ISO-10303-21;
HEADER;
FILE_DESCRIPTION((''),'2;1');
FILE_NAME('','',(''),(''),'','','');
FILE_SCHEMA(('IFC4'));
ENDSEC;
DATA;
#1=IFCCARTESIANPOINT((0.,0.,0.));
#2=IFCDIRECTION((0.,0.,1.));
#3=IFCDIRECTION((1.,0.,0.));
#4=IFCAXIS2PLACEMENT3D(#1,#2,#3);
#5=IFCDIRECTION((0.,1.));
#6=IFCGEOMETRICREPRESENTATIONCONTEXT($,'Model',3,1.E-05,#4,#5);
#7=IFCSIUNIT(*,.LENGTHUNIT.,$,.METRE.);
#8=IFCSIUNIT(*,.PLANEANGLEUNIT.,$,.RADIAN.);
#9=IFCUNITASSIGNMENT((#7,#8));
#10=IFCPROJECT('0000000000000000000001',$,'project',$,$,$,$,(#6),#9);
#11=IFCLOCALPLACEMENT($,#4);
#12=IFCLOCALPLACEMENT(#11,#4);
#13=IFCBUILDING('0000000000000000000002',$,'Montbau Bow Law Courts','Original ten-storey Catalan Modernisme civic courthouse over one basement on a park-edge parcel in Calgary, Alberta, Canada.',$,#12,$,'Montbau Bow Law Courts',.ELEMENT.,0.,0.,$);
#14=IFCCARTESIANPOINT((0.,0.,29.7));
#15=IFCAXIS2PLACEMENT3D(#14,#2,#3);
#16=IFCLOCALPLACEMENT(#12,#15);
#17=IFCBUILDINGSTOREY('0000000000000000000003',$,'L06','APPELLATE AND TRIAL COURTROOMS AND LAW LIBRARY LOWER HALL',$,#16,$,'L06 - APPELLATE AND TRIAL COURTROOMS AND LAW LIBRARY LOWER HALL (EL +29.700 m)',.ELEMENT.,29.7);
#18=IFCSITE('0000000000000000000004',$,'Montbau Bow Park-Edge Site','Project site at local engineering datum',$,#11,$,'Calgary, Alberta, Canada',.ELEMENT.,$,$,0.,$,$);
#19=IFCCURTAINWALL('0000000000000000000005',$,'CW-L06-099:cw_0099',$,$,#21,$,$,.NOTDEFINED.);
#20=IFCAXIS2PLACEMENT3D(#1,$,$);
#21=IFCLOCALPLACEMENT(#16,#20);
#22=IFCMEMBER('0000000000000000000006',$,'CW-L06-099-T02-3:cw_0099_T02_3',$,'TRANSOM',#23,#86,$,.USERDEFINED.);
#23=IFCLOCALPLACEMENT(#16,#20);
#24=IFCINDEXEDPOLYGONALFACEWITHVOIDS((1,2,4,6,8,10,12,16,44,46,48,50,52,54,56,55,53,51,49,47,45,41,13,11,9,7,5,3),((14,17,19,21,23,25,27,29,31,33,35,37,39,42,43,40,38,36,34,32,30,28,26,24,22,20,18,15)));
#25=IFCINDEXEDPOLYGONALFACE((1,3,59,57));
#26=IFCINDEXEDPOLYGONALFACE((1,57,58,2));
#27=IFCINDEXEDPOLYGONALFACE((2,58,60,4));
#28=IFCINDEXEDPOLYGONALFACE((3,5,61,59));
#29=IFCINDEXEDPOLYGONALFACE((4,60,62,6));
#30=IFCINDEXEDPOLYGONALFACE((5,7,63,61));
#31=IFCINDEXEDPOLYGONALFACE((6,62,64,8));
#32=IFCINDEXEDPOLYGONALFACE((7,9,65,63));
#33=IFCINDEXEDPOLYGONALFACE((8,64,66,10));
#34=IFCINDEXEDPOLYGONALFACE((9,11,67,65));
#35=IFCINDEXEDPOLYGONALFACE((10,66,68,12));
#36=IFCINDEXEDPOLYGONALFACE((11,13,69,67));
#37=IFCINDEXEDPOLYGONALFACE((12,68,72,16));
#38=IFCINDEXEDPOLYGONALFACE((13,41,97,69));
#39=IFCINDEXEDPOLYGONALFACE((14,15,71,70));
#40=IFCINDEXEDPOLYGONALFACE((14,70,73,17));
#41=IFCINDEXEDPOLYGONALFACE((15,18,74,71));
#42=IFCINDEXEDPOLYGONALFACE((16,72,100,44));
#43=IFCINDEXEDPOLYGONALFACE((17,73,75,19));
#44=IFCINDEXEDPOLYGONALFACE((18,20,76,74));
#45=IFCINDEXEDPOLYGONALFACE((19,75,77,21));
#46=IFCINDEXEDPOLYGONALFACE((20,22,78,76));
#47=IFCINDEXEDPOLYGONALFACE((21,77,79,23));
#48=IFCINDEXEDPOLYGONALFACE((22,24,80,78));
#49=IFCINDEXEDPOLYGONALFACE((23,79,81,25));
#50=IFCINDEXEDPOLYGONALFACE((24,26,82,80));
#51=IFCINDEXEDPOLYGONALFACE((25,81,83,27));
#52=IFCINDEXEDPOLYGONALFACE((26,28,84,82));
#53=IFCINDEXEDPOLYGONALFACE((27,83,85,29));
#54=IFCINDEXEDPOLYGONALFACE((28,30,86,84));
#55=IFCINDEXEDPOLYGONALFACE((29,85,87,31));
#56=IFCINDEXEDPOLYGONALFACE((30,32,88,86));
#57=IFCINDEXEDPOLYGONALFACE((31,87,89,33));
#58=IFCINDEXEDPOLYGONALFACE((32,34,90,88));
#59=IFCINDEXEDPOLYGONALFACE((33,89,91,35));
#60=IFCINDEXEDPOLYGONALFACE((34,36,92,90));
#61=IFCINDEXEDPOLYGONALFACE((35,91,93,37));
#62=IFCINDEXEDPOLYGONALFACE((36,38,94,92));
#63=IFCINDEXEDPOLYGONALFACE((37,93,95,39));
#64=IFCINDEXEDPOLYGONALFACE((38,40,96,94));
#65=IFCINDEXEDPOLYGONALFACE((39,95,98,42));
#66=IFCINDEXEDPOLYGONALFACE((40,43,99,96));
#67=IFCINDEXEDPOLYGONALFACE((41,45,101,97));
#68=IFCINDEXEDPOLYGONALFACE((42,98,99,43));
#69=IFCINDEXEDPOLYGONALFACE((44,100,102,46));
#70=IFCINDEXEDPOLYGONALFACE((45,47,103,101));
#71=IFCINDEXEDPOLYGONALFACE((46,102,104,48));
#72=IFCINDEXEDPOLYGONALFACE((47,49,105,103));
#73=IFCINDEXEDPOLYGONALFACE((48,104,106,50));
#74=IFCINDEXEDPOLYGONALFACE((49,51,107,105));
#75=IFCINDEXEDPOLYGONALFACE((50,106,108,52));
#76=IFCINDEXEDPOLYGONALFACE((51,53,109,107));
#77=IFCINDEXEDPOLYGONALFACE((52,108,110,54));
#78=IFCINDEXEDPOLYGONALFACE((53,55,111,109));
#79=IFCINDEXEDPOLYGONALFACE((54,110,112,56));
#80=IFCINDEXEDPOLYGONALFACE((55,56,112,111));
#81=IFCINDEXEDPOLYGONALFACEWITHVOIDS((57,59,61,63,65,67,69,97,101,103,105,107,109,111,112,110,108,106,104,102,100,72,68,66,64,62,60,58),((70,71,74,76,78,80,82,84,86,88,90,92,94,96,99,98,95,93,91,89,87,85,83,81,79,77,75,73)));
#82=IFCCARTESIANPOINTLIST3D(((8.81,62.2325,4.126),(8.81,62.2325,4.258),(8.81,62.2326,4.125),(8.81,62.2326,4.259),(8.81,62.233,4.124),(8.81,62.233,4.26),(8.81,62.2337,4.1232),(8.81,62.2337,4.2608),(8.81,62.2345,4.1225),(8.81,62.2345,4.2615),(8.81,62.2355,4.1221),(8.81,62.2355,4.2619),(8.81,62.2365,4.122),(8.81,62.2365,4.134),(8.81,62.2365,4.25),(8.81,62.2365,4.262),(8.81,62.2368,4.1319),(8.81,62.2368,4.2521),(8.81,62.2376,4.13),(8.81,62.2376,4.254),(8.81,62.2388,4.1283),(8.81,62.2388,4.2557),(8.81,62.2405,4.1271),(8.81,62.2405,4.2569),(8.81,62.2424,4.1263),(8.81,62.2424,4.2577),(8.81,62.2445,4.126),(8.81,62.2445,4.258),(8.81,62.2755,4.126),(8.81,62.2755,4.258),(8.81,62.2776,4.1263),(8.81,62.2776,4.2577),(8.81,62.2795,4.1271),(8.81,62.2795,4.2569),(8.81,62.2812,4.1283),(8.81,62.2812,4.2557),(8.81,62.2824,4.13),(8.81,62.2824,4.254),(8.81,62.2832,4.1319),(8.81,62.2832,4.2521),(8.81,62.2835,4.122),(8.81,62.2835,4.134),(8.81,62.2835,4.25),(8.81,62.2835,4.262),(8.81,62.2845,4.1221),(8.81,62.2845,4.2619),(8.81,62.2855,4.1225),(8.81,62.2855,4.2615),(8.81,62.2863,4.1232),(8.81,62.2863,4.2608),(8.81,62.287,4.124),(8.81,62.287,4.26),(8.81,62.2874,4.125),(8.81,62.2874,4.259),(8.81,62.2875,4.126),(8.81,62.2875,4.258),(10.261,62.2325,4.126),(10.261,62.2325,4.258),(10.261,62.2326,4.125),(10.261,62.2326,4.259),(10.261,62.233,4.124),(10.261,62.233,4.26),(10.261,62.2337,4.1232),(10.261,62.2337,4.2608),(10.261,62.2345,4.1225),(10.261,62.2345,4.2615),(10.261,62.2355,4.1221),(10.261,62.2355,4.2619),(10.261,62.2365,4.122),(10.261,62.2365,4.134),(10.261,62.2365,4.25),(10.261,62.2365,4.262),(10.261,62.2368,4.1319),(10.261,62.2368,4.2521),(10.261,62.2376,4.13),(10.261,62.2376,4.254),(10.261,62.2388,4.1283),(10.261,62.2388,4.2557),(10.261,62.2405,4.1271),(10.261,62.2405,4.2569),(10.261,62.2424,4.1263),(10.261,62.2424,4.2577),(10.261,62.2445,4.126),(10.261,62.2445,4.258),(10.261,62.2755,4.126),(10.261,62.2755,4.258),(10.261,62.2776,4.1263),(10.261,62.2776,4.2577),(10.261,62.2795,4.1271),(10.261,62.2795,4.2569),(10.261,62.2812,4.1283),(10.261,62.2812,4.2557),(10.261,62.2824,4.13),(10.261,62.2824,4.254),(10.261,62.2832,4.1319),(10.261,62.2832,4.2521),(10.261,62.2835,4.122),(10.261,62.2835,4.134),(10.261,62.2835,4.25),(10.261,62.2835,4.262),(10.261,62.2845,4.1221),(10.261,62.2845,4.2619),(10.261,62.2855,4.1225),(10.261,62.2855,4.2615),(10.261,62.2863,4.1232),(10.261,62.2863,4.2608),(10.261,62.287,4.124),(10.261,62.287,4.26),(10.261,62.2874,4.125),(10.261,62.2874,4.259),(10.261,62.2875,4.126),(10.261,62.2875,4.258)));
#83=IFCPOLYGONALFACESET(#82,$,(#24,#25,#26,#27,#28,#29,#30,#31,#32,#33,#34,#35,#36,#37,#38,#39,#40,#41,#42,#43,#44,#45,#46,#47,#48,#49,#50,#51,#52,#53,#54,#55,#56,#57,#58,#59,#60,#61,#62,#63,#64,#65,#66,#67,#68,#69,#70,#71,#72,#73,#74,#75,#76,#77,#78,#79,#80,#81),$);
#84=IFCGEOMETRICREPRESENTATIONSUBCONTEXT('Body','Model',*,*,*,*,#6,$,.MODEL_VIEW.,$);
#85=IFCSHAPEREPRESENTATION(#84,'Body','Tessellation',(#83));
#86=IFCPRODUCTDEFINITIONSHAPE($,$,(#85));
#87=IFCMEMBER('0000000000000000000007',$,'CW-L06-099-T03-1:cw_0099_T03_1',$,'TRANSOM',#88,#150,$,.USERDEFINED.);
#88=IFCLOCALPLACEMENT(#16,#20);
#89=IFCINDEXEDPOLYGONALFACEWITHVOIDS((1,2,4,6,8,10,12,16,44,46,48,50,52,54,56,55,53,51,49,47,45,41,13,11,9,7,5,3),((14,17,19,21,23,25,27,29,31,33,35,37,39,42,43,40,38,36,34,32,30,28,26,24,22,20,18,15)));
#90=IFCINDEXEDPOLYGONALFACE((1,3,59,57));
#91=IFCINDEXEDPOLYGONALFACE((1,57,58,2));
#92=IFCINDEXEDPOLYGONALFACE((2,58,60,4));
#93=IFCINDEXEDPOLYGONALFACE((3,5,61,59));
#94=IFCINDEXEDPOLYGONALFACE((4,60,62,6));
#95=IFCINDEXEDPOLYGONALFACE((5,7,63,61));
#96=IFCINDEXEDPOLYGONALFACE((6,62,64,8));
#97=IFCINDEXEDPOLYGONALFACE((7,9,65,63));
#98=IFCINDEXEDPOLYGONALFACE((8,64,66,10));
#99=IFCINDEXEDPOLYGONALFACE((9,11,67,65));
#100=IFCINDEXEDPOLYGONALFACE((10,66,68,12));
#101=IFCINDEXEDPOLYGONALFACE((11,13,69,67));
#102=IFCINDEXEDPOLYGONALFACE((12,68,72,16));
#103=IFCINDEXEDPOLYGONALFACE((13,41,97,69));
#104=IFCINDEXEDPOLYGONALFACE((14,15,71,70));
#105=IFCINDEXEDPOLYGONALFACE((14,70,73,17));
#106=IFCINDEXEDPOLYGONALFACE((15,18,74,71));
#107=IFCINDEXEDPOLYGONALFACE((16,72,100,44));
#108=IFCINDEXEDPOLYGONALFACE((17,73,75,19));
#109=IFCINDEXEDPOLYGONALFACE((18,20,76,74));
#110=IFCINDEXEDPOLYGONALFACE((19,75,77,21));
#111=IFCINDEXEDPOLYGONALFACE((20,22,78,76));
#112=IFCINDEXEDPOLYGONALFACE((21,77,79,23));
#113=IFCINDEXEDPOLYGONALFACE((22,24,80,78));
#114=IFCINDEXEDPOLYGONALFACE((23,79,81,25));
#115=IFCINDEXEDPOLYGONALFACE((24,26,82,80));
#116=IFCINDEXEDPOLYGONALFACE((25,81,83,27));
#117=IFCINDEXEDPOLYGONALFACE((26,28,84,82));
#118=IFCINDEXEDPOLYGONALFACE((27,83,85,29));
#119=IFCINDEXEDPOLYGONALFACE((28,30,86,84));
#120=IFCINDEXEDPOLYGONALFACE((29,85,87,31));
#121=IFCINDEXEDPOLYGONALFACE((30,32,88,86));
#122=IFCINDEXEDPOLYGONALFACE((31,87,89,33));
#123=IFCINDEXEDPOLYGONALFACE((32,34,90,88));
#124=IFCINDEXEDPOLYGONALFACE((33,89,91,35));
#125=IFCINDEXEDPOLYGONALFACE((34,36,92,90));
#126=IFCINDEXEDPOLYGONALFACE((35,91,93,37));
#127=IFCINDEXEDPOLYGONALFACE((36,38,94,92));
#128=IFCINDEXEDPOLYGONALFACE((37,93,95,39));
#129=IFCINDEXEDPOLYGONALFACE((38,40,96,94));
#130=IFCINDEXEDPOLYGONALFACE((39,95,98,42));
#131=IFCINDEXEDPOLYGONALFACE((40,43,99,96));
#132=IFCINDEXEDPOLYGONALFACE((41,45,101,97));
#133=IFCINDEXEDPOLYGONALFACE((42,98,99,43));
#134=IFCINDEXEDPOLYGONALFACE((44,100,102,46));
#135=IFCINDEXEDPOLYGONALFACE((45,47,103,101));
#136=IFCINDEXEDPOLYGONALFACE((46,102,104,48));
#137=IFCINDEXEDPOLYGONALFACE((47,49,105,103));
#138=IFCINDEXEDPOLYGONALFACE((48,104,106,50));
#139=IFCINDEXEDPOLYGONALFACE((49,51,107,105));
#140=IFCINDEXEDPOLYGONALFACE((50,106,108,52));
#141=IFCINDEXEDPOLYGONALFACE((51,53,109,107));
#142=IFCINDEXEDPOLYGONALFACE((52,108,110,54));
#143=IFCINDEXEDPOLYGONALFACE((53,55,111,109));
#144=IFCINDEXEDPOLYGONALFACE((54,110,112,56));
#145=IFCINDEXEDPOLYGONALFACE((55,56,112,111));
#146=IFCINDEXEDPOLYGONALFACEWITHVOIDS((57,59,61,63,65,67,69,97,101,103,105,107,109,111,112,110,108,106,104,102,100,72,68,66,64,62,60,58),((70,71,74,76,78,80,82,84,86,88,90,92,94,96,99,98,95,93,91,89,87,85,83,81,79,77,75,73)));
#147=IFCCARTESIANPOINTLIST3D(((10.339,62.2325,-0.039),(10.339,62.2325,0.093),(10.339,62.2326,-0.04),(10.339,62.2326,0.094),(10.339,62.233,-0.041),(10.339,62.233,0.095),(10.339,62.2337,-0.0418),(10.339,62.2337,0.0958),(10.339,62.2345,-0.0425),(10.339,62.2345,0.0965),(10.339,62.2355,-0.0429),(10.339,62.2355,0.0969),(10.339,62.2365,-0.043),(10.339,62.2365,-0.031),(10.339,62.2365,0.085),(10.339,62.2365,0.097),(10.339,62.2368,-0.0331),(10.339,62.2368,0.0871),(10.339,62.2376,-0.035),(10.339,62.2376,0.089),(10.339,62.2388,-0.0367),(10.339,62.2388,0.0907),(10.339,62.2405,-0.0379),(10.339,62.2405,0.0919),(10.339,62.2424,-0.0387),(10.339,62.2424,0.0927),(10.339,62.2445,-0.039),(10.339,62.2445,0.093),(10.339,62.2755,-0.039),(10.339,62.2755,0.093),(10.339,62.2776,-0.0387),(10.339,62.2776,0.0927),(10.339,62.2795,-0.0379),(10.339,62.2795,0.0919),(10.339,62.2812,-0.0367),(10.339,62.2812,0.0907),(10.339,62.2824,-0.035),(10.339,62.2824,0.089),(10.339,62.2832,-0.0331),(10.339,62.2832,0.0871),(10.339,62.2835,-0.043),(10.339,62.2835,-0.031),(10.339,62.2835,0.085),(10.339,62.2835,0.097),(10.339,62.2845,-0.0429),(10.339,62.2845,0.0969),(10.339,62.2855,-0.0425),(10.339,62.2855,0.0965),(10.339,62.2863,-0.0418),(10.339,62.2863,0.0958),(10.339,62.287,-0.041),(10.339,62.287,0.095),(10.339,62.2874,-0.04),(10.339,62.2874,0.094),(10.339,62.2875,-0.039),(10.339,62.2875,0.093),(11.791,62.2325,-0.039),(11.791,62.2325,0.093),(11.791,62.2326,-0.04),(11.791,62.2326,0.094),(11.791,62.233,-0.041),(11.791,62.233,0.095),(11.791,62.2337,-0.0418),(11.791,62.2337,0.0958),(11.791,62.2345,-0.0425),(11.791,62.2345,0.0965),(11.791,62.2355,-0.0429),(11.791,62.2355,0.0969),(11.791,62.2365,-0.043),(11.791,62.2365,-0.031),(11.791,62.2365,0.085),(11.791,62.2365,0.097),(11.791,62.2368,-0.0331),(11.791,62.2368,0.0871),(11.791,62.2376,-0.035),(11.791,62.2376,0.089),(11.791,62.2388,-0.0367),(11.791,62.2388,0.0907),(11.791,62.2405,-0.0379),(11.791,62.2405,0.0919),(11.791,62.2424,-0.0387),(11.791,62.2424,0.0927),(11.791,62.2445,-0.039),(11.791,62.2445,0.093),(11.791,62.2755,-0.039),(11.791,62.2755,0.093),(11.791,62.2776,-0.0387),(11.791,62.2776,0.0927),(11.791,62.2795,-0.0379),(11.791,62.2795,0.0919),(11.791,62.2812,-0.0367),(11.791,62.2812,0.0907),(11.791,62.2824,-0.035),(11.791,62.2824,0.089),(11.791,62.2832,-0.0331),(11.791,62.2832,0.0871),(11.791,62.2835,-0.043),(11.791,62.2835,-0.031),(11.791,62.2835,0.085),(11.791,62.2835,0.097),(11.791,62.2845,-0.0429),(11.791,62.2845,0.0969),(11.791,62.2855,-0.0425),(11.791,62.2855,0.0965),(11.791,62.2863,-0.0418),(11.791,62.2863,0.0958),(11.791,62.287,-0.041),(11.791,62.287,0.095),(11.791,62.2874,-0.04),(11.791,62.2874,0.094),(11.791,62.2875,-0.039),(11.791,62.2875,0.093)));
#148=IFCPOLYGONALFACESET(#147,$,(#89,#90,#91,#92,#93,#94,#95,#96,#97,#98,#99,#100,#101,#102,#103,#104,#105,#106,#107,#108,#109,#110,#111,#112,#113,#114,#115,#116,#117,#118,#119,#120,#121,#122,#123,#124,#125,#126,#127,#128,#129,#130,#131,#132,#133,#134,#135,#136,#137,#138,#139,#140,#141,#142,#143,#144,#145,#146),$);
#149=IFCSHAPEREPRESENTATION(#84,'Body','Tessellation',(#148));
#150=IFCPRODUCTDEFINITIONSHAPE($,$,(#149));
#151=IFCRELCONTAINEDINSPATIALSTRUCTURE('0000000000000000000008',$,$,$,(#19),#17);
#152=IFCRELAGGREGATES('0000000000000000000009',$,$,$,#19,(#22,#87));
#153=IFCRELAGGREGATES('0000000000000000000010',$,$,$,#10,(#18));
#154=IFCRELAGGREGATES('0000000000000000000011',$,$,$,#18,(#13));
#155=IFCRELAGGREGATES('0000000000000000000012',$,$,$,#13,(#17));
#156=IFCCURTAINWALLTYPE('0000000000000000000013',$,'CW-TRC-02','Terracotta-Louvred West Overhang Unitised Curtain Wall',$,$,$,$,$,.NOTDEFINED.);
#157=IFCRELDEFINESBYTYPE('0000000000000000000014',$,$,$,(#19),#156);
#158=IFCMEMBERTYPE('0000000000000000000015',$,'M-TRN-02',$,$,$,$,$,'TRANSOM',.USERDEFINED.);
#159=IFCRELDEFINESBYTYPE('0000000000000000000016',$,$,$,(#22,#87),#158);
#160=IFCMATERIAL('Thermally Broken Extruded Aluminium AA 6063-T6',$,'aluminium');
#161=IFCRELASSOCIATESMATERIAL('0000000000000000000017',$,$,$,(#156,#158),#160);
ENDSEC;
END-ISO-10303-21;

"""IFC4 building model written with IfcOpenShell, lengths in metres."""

from ifc_helpers import new_model, si_unit, direction, frame, origin_with_axes, origin_2d_with_axis, place, context, subcontext, project, spatial, hollow_rectangle, extrude, material, material_profile, profile_set, type_object, element, aggregate, save


model = new_model("IFC4")

# Units and contexts
model_context = context("Model", 3, precision=1e-05, world=origin_with_axes(), true_north=direction((0.0, 1.0)))
body_context = subcontext(model_context, "Body", "Model", "MODEL_VIEW")
ifc_project = project(units=[si_unit("LENGTHUNIT", "METRE"), si_unit("PLANEANGLEUNIT", "RADIAN")], contexts=[model_context])

# Site, building, storey
site_placement = place(None, origin_with_axes())
site = spatial("IfcSite", under=ifc_project, at=site_placement, Name="Montbau Bow Park-Edge Site", Description="Project site at local engineering datum", LongName="Calgary, Alberta, Canada", CompositionType="ELEMENT", RefElevation=0.0)
building_placement = place(site_placement, origin_with_axes())
building = spatial("IfcBuilding", under=site, at=building_placement, Name="Montbau Bow Law Courts", Description="Original ten-storey Catalan Modernisme civic courthouse over one basement on a park-edge parcel in Calgary, Alberta, Canada.", LongName="Montbau Bow Law Courts", CompositionType="ELEMENT", ElevationOfRefHeight=0.0, ElevationOfTerrain=0.0)
storey_placement = place(building_placement, frame((0.0, 0.0, 29.7), z_axis=(0.0, 0.0, 1.0), x_axis=(1.0, 0.0, 0.0)))
storey = spatial("IfcBuildingStorey", under=building, at=storey_placement, Name="L06", Description="APPELLATE AND TRIAL COURTROOMS AND LAW LIBRARY LOWER HALL", LongName="L06 - APPELLATE AND TRIAL COURTROOMS AND LAW LIBRARY LOWER HALL (EL +29.700 m)", CompositionType="ELEMENT", Elevation=29.7)

# Curtain wall, members
ifc_material_1 = material(Name="Thermally Broken Extruded Aluminium AA 6063-T6", Category="aluminium")
curtain_wall_type = type_object("IfcCurtainWallType", Name="CW-TRC-02", Description="Terracotta-Louvred West Overhang Unitised Curtain Wall", PredefinedType="NOTDEFINED", material=ifc_material_1)
curtain_wall_placement = place(None, frame((7.24, 62.26, 29.7), z_axis=(0.0, 0.0, 1.0), x_axis=(1.0, 0.0, 0.0)))
curtain_wall = element("IfcCurtainWall", 1, at=curtain_wall_placement, inside=storey, type_object=curtain_wall_type, Name="CW-L06-099:cw_0099", PredefinedType="NOTDEFINED")
ifc_material_profile_1 = material_profile(ifc_material_1, hollow_rectangle(XDim=0.055, YDim=0.14, WallThickness=0.004, InnerFilletRadius=0.008, OuterFilletRadius=0.004, at=origin_2d_with_axis()), Name="CWT-140X55", Category="Main", Priority=0)
ifc_profile_set_1 = profile_set([ifc_material_profile_1], Name="Thermally Broken Extruded Aluminium AA 6063-T6")
member_type_1 = type_object("IfcMemberType", Name="M-TRN-02", ElementType="TRANSOM", PredefinedType="USERDEFINED", material=ifc_profile_set_1)
member_1_placement = place(None, frame((8.81, 62.26, 33.892), z_axis=(1.0, 0.0, 0.0), x_axis=(0.0, 1.0, 0.0)))
member_1 = element("IfcMember", 2, at=member_1_placement, type_object=member_type_1, Name="CW-L06-099-T02-3:cw_0099_T02_3", ObjectType="TRANSOM", PredefinedType="USERDEFINED", context=body_context, shape_type="SweptSolid", body=[
    extrude(hollow_rectangle(XDim=0.055, YDim=0.14, WallThickness=0.004, InnerFilletRadius=0.008, OuterFilletRadius=0.004, at=origin_2d_with_axis()), origin_with_axes(), (0.0, 0.0, 1.0), 1.451),
])
member_2_placement = place(None, frame((10.339, 62.26, 29.727), z_axis=(1.0, 0.0, 0.0), x_axis=(0.0, 1.0, 0.0)))
member_2 = element("IfcMember", 3, at=member_2_placement, type_object=member_type_1, Name="CW-L06-099-T03-1:cw_0099_T03_1", ObjectType="TRANSOM", PredefinedType="USERDEFINED", context=body_context, shape_type="SweptSolid", body=[
    extrude(hollow_rectangle(XDim=0.055, YDim=0.14, WallThickness=0.004, InnerFilletRadius=0.008, OuterFilletRadius=0.004, at=origin_2d_with_axis()), origin_with_axes(), (0.0, 0.0, 1.0), 1.452),
])
aggregate(curtain_wall, [member_1, member_2])

save(model, "model.ifc")
